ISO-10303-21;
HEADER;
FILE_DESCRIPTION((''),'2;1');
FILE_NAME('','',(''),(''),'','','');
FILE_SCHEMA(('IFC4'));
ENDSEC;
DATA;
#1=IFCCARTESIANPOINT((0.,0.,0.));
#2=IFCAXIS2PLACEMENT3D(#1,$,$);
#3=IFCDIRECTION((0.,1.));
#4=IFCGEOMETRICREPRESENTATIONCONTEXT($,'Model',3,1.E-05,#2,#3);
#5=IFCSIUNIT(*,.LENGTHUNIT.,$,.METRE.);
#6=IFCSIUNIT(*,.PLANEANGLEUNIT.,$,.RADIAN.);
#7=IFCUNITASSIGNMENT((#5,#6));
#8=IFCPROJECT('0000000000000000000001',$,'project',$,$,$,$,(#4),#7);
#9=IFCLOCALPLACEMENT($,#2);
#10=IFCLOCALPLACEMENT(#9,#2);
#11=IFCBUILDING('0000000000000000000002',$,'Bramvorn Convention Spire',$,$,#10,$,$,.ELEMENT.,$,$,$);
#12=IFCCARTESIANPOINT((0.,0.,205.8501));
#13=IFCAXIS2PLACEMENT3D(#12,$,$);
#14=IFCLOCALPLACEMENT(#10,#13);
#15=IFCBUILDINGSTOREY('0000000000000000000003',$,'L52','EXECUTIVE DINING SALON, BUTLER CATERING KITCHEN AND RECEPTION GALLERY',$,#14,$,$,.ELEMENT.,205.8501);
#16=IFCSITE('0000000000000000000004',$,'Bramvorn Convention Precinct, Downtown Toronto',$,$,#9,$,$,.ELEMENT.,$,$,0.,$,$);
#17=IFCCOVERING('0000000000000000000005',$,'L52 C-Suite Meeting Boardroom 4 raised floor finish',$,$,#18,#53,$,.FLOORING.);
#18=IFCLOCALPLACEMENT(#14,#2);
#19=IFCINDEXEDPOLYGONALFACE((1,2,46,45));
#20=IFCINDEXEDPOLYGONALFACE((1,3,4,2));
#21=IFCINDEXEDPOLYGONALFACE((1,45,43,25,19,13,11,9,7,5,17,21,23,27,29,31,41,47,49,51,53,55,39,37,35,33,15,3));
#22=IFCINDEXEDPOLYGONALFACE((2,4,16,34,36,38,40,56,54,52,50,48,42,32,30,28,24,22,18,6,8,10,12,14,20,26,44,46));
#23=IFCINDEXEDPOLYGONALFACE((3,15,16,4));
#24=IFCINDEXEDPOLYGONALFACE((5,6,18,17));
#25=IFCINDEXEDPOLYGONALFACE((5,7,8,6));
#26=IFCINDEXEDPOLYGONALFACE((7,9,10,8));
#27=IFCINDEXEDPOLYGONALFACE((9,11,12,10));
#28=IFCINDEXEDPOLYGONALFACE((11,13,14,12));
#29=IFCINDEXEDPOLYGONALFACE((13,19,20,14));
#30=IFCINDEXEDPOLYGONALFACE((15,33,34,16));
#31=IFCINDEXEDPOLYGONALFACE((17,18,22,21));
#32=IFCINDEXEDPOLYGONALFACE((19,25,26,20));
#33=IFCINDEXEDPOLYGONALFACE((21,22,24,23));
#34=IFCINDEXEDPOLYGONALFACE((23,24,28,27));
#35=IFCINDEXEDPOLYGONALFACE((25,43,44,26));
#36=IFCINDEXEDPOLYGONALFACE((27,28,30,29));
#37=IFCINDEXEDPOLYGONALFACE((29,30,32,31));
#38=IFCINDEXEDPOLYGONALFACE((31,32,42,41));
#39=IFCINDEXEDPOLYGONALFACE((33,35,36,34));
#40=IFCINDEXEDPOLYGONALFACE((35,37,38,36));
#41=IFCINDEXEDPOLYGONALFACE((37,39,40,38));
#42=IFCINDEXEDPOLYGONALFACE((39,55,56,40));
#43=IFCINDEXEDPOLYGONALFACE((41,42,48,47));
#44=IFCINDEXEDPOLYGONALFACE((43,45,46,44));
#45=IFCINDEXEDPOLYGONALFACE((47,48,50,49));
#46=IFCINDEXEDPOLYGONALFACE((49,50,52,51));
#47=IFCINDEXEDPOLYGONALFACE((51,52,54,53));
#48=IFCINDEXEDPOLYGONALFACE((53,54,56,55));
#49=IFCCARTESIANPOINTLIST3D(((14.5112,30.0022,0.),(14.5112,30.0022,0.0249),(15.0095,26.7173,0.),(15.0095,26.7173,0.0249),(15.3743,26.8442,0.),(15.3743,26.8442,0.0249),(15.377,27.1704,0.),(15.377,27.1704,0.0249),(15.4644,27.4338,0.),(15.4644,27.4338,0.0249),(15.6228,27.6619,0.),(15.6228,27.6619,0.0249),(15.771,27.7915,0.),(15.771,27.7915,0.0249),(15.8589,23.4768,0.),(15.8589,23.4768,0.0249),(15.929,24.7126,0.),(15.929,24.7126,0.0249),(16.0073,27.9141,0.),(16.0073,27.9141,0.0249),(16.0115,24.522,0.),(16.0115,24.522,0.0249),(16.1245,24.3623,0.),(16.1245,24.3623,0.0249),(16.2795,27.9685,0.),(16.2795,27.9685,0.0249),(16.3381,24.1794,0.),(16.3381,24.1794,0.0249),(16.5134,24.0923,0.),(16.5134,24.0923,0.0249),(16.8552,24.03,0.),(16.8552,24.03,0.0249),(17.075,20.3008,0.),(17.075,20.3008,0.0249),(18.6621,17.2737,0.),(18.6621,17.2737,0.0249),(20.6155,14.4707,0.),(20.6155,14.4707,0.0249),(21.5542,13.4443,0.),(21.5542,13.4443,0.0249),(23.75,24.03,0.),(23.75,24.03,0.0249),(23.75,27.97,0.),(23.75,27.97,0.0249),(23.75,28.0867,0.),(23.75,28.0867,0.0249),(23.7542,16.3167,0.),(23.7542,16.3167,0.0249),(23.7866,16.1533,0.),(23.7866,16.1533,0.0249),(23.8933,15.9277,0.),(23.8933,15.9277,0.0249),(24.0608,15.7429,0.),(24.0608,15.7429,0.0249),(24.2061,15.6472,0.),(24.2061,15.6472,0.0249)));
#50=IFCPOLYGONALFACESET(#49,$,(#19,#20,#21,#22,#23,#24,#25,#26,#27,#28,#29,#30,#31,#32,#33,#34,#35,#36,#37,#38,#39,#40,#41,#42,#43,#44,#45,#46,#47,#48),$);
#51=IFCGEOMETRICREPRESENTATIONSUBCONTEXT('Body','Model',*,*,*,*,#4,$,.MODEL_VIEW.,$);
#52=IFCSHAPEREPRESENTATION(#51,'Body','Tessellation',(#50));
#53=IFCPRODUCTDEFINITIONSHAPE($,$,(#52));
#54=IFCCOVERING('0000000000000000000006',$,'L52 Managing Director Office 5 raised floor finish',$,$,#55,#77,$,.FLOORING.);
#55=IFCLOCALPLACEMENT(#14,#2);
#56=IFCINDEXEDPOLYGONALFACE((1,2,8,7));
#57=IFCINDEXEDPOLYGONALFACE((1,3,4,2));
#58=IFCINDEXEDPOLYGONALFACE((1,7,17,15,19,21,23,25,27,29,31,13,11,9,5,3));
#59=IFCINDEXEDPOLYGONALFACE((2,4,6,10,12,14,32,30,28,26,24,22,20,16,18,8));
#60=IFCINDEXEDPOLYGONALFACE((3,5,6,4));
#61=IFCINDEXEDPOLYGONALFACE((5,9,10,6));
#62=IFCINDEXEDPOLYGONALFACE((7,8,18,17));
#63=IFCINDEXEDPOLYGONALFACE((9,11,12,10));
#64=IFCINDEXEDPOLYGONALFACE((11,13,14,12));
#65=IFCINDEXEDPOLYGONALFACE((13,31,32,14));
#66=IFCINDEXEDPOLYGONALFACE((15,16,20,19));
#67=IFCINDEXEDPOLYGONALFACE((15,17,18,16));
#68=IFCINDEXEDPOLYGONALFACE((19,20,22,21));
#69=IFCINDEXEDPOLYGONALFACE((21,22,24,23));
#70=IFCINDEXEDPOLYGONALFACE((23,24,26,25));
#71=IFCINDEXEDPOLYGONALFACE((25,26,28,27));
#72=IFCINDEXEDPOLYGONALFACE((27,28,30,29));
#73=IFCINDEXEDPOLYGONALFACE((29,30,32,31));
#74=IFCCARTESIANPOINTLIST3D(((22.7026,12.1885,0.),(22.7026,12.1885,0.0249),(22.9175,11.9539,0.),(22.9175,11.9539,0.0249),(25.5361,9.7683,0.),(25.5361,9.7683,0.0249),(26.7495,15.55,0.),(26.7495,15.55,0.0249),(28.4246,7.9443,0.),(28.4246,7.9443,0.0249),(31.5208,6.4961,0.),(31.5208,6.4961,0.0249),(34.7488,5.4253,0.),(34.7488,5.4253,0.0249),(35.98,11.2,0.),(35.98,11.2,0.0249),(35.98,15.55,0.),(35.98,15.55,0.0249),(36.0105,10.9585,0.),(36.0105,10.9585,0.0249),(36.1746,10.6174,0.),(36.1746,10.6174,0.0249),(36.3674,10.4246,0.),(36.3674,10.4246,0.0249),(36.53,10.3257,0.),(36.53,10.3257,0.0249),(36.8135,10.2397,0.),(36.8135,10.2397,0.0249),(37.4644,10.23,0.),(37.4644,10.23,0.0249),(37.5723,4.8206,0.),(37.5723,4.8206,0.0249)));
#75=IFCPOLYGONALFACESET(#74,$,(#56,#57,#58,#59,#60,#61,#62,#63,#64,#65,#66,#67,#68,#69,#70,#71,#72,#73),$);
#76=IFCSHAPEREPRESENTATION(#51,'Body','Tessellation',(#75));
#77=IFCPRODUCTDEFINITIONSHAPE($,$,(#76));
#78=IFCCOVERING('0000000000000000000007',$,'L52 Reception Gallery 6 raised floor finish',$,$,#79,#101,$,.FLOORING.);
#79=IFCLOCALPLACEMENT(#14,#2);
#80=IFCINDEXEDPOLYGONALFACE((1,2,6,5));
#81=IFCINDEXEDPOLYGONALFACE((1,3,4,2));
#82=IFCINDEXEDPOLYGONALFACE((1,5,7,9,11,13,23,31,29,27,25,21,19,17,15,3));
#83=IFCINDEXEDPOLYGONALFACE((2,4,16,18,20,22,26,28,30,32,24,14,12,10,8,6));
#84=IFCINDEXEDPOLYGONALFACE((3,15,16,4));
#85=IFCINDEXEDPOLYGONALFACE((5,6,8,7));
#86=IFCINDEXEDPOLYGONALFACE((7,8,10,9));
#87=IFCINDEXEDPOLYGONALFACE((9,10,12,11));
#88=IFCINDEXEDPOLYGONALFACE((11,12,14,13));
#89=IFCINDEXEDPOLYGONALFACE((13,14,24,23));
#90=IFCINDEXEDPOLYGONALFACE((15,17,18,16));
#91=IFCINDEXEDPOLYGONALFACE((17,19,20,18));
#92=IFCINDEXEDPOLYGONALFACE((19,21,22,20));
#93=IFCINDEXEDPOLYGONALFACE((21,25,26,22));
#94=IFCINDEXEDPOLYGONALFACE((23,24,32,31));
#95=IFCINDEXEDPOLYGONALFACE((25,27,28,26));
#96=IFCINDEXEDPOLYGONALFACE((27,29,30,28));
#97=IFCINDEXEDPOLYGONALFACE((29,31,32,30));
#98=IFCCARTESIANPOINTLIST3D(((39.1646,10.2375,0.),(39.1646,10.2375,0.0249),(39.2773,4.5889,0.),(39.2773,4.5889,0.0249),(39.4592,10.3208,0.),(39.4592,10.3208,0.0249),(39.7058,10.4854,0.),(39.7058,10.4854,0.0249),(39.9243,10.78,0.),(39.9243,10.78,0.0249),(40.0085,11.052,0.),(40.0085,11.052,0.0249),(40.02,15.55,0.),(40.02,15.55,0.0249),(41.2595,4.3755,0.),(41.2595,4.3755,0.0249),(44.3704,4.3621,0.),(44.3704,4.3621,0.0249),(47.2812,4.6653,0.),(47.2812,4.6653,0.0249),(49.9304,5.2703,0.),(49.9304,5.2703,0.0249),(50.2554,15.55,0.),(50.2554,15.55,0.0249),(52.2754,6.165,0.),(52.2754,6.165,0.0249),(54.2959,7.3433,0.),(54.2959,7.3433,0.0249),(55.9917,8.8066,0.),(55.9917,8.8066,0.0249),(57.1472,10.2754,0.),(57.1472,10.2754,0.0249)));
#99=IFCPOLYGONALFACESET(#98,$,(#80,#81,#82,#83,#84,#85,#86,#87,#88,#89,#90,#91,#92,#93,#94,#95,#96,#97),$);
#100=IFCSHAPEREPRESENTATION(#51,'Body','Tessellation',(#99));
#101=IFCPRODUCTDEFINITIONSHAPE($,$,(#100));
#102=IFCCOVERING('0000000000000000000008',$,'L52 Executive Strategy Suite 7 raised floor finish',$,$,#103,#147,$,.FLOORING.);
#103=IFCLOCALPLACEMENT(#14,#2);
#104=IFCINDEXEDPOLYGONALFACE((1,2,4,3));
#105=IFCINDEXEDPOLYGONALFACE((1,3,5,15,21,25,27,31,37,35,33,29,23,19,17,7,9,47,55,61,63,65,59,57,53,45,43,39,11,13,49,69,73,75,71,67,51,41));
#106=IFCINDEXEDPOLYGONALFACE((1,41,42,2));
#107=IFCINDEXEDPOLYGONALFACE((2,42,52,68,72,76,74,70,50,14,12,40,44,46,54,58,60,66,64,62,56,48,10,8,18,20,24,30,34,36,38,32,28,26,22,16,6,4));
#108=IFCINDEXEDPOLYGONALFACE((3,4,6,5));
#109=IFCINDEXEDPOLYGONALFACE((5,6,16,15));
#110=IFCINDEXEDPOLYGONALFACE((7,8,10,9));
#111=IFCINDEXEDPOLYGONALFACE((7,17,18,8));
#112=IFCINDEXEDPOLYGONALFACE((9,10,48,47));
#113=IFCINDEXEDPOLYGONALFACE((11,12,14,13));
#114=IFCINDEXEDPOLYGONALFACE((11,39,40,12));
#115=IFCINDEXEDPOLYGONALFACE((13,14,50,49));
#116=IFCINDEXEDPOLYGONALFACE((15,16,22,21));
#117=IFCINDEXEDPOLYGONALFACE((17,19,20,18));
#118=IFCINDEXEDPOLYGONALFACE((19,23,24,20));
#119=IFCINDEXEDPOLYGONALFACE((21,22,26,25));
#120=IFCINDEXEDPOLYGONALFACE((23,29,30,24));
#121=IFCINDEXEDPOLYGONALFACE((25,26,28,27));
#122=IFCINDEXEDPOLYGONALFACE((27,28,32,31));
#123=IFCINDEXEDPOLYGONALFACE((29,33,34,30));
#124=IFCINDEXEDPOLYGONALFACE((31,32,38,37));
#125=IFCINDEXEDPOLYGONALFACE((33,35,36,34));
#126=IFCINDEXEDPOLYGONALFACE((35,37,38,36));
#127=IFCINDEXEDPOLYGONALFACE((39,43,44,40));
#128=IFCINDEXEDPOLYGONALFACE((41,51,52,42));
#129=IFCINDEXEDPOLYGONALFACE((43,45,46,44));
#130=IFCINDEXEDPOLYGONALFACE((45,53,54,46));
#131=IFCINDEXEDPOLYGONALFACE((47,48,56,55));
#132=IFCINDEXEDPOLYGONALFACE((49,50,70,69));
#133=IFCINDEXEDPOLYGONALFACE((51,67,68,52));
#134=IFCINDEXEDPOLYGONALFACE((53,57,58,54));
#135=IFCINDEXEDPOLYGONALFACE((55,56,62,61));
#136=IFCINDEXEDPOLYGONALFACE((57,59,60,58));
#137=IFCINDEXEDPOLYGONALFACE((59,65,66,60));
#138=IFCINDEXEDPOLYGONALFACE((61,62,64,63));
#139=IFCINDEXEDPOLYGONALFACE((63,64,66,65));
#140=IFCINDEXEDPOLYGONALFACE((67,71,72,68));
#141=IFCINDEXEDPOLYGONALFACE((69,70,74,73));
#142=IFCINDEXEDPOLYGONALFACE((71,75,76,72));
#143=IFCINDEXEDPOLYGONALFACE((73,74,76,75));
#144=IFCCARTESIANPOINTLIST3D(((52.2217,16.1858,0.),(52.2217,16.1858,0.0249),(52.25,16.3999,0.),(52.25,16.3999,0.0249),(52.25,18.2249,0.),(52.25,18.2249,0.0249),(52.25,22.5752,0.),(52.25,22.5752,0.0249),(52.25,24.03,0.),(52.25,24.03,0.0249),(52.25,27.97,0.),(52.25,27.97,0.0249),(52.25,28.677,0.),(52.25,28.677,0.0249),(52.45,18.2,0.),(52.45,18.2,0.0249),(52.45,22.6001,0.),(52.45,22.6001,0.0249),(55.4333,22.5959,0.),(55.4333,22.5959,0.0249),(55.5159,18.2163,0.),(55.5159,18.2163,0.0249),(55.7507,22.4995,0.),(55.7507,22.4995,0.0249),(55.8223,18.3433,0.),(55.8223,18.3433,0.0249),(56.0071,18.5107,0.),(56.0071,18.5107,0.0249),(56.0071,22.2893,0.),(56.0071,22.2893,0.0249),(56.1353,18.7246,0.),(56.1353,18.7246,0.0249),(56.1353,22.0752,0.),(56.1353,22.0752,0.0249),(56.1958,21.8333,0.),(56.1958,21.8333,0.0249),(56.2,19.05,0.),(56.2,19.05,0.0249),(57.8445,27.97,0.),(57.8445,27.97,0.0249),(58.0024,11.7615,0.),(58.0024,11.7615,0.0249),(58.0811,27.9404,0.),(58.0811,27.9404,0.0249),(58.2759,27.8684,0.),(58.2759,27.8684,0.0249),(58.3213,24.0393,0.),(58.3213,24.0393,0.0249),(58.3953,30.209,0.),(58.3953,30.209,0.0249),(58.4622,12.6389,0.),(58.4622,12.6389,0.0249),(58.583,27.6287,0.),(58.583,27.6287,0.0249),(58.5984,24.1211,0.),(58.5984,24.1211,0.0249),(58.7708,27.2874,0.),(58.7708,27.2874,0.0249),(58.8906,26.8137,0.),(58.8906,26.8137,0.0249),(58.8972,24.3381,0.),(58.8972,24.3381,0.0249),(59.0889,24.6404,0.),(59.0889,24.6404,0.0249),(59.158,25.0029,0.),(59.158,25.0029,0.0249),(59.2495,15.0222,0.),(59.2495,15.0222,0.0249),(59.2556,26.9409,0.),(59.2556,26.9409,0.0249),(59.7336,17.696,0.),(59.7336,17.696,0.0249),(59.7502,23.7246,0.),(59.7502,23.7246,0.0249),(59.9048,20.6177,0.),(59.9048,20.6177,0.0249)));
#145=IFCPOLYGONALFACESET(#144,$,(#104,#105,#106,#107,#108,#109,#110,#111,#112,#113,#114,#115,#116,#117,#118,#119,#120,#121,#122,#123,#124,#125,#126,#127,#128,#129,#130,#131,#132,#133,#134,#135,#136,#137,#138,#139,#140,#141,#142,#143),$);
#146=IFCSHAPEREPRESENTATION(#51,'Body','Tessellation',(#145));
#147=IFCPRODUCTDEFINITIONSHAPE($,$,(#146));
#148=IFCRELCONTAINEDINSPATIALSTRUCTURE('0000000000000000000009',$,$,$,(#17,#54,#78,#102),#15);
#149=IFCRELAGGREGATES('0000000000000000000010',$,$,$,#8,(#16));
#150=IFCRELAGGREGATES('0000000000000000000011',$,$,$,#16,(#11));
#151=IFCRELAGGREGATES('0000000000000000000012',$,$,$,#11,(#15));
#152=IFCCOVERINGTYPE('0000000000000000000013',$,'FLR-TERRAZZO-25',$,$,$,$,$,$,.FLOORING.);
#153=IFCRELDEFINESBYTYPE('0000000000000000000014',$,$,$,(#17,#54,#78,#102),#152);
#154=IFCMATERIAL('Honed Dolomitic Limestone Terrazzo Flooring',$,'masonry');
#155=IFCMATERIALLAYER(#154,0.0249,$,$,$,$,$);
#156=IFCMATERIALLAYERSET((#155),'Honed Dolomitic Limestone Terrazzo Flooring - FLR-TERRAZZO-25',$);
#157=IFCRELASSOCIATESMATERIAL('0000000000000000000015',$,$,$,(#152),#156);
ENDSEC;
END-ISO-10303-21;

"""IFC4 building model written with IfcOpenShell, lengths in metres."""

from ifc_helpers import new_model, si_unit, direction, frame, origin, place, context, subcontext, project, spatial, polyline, outline, extrude, material, layer, layer_set, type_object, element, save


model = new_model("IFC4")

# Units and contexts
model_context = context("Model", 3, precision=1e-05, world=origin(), true_north=direction((0.0, 1.0)))
body_context = subcontext(model_context, "Body", "Model", "MODEL_VIEW")
ifc_project = project(units=[si_unit("LENGTHUNIT", "METRE"), si_unit("PLANEANGLEUNIT", "RADIAN")], contexts=[model_context])

# Site, building, storey
site_placement = place(None, origin())
site = spatial("IfcSite", under=ifc_project, at=site_placement, Name="Bramvorn Convention Precinct, Downtown Toronto", CompositionType="ELEMENT", RefElevation=0.0)
building_placement = place(site_placement, origin())
building = spatial("IfcBuilding", under=site, at=building_placement, Name="Bramvorn Convention Spire", CompositionType="ELEMENT")
storey_placement = place(building_placement, frame((0.0, 0.0, 205.8501)))
storey = spatial("IfcBuildingStorey", under=building, at=storey_placement, Name="L52", Description="EXECUTIVE DINING SALON, BUTLER CATERING KITCHEN AND RECEPTION GALLERY", CompositionType="ELEMENT", Elevation=205.8501)

# Coverings
ifc_material_1 = material(Name="Honed Dolomitic Limestone Terrazzo Flooring", Category="masonry")
ifc_layer_1 = layer(ifc_material_1, 0.0249)
ifc_layer_set_1 = layer_set([ifc_layer_1], Name="Honed Dolomitic Limestone Terrazzo Flooring - FLR-TERRAZZO-25")
covering_type = type_object("IfcCoveringType", Name="FLR-TERRAZZO-25", PredefinedType="FLOORING", material=ifc_layer_set_1)
covering_1_placement = place(storey_placement, origin())
element("IfcCovering", 1, at=covering_1_placement, inside=storey, type_object=covering_type, Name="L52 C-Suite Meeting Boardroom 4 raised floor finish", PredefinedType="FLOORING", context=body_context, shape_type="SweptSolid", body=[
    extrude(outline(polyline([(20.6155, 14.4707), (21.5542, 13.4443), (24.2061, 15.6472), (24.0608, 15.7429), (23.8933, 15.9277), (23.7866, 16.1533), (23.7542, 16.3167), (23.75, 24.03), (16.8552, 24.03), (16.5134, 24.0923), (16.3381, 24.1794), (16.1245, 24.3623), (16.0115, 24.522), (15.929, 24.7126), (15.3743, 26.8442), (15.377, 27.1704), (15.4644, 27.4338), (15.6228, 27.6619), (15.771, 27.7915), (16.0073, 27.9141), (16.2795, 27.9685), (23.75, 27.97), (23.75, 28.0867), (14.5112, 30.0022), (15.0095, 26.7173), (15.8589, 23.4768), (17.075, 20.3008), (18.6621, 17.2737), (20.6155, 14.4707)])), origin(), (0.0, 0.0, 1.0), 0.0249),
])
covering_2_placement = place(storey_placement, origin())
element("IfcCovering", 2, at=covering_2_placement, inside=storey, type_object=covering_type, Name="L52 Managing Director Office 5 raised floor finish", PredefinedType="FLOORING", context=body_context, shape_type="SweptSolid", body=[
    extrude(outline(polyline([(37.5723, 4.8206), (37.4644, 10.23), (36.8135, 10.2397), (36.53, 10.3257), (36.3674, 10.4246), (36.1746, 10.6174), (36.0105, 10.9585), (35.98, 11.2), (35.98, 15.55), (26.7495, 15.55), (22.7026, 12.1885), (22.9175, 11.9539), (25.5361, 9.7683), (28.4246, 7.9443), (31.5208, 6.4961), (34.7488, 5.4253), (37.5723, 4.8206)])), origin(), (0.0, 0.0, 1.0), 0.0249),
])
covering_3_placement = place(storey_placement, origin())
element("IfcCovering", 3, at=covering_3_placement, inside=storey, type_object=covering_type, Name="L52 Reception Gallery 6 raised floor finish", PredefinedType="FLOORING", context=body_context, shape_type="SweptSolid", body=[
    extrude(outline(polyline([(39.2773, 4.5889), (41.2595, 4.3755), (44.3704, 4.3621), (47.2812, 4.6653), (49.9304, 5.2703), (52.2754, 6.165), (54.2959, 7.3433), (55.9917, 8.8066), (57.1472, 10.2754), (50.2554, 15.55), (40.02, 15.55), (40.0085, 11.052), (39.9243, 10.78), (39.7058, 10.4854), (39.4592, 10.3208), (39.1646, 10.2375), (39.2773, 4.5889)])), origin(), (0.0, 0.0, 1.0), 0.0249),
])
covering_4_placement = place(storey_placement, origin())
element("IfcCovering", 4, at=covering_4_placement, inside=storey, type_object=covering_type, Name="L52 Executive Strategy Suite 7 raised floor finish", PredefinedType="FLOORING", context=body_context, shape_type="SweptSolid", body=[
    extrude(outline(polyline([(52.25, 16.3999), (52.2217, 16.1858), (58.0024, 11.7615), (58.4622, 12.6389), (59.2495, 15.0222), (59.7336, 17.696), (59.9048, 20.6177), (59.7502, 23.7246), (59.2556, 26.9409), (58.3953, 30.209), (52.25, 28.677), (52.25, 27.97), (57.8445, 27.97), (58.0811, 27.9404), (58.2759, 27.8684), (58.583, 27.6287), (58.7708, 27.2874), (58.8906, 26.8137), (59.158, 25.0029), (59.0889, 24.6404), (58.8972, 24.3381), (58.5984, 24.1211), (58.3213, 24.0393), (52.25, 24.03), (52.25, 22.5752), (52.45, 22.6001), (55.4333, 22.5959), (55.7507, 22.4995), (56.0071, 22.2893), (56.1353, 22.0752), (56.1958, 21.8333), (56.2, 19.05), (56.1353, 18.7246), (56.0071, 18.5107), (55.8223, 18.3433), (55.5159, 18.2163), (52.45, 18.2), (52.25, 18.2249), (52.25, 16.3999)])), origin(), (0.0, 0.0, 1.0), 0.0249),
])

save(model, "model.ifc")
